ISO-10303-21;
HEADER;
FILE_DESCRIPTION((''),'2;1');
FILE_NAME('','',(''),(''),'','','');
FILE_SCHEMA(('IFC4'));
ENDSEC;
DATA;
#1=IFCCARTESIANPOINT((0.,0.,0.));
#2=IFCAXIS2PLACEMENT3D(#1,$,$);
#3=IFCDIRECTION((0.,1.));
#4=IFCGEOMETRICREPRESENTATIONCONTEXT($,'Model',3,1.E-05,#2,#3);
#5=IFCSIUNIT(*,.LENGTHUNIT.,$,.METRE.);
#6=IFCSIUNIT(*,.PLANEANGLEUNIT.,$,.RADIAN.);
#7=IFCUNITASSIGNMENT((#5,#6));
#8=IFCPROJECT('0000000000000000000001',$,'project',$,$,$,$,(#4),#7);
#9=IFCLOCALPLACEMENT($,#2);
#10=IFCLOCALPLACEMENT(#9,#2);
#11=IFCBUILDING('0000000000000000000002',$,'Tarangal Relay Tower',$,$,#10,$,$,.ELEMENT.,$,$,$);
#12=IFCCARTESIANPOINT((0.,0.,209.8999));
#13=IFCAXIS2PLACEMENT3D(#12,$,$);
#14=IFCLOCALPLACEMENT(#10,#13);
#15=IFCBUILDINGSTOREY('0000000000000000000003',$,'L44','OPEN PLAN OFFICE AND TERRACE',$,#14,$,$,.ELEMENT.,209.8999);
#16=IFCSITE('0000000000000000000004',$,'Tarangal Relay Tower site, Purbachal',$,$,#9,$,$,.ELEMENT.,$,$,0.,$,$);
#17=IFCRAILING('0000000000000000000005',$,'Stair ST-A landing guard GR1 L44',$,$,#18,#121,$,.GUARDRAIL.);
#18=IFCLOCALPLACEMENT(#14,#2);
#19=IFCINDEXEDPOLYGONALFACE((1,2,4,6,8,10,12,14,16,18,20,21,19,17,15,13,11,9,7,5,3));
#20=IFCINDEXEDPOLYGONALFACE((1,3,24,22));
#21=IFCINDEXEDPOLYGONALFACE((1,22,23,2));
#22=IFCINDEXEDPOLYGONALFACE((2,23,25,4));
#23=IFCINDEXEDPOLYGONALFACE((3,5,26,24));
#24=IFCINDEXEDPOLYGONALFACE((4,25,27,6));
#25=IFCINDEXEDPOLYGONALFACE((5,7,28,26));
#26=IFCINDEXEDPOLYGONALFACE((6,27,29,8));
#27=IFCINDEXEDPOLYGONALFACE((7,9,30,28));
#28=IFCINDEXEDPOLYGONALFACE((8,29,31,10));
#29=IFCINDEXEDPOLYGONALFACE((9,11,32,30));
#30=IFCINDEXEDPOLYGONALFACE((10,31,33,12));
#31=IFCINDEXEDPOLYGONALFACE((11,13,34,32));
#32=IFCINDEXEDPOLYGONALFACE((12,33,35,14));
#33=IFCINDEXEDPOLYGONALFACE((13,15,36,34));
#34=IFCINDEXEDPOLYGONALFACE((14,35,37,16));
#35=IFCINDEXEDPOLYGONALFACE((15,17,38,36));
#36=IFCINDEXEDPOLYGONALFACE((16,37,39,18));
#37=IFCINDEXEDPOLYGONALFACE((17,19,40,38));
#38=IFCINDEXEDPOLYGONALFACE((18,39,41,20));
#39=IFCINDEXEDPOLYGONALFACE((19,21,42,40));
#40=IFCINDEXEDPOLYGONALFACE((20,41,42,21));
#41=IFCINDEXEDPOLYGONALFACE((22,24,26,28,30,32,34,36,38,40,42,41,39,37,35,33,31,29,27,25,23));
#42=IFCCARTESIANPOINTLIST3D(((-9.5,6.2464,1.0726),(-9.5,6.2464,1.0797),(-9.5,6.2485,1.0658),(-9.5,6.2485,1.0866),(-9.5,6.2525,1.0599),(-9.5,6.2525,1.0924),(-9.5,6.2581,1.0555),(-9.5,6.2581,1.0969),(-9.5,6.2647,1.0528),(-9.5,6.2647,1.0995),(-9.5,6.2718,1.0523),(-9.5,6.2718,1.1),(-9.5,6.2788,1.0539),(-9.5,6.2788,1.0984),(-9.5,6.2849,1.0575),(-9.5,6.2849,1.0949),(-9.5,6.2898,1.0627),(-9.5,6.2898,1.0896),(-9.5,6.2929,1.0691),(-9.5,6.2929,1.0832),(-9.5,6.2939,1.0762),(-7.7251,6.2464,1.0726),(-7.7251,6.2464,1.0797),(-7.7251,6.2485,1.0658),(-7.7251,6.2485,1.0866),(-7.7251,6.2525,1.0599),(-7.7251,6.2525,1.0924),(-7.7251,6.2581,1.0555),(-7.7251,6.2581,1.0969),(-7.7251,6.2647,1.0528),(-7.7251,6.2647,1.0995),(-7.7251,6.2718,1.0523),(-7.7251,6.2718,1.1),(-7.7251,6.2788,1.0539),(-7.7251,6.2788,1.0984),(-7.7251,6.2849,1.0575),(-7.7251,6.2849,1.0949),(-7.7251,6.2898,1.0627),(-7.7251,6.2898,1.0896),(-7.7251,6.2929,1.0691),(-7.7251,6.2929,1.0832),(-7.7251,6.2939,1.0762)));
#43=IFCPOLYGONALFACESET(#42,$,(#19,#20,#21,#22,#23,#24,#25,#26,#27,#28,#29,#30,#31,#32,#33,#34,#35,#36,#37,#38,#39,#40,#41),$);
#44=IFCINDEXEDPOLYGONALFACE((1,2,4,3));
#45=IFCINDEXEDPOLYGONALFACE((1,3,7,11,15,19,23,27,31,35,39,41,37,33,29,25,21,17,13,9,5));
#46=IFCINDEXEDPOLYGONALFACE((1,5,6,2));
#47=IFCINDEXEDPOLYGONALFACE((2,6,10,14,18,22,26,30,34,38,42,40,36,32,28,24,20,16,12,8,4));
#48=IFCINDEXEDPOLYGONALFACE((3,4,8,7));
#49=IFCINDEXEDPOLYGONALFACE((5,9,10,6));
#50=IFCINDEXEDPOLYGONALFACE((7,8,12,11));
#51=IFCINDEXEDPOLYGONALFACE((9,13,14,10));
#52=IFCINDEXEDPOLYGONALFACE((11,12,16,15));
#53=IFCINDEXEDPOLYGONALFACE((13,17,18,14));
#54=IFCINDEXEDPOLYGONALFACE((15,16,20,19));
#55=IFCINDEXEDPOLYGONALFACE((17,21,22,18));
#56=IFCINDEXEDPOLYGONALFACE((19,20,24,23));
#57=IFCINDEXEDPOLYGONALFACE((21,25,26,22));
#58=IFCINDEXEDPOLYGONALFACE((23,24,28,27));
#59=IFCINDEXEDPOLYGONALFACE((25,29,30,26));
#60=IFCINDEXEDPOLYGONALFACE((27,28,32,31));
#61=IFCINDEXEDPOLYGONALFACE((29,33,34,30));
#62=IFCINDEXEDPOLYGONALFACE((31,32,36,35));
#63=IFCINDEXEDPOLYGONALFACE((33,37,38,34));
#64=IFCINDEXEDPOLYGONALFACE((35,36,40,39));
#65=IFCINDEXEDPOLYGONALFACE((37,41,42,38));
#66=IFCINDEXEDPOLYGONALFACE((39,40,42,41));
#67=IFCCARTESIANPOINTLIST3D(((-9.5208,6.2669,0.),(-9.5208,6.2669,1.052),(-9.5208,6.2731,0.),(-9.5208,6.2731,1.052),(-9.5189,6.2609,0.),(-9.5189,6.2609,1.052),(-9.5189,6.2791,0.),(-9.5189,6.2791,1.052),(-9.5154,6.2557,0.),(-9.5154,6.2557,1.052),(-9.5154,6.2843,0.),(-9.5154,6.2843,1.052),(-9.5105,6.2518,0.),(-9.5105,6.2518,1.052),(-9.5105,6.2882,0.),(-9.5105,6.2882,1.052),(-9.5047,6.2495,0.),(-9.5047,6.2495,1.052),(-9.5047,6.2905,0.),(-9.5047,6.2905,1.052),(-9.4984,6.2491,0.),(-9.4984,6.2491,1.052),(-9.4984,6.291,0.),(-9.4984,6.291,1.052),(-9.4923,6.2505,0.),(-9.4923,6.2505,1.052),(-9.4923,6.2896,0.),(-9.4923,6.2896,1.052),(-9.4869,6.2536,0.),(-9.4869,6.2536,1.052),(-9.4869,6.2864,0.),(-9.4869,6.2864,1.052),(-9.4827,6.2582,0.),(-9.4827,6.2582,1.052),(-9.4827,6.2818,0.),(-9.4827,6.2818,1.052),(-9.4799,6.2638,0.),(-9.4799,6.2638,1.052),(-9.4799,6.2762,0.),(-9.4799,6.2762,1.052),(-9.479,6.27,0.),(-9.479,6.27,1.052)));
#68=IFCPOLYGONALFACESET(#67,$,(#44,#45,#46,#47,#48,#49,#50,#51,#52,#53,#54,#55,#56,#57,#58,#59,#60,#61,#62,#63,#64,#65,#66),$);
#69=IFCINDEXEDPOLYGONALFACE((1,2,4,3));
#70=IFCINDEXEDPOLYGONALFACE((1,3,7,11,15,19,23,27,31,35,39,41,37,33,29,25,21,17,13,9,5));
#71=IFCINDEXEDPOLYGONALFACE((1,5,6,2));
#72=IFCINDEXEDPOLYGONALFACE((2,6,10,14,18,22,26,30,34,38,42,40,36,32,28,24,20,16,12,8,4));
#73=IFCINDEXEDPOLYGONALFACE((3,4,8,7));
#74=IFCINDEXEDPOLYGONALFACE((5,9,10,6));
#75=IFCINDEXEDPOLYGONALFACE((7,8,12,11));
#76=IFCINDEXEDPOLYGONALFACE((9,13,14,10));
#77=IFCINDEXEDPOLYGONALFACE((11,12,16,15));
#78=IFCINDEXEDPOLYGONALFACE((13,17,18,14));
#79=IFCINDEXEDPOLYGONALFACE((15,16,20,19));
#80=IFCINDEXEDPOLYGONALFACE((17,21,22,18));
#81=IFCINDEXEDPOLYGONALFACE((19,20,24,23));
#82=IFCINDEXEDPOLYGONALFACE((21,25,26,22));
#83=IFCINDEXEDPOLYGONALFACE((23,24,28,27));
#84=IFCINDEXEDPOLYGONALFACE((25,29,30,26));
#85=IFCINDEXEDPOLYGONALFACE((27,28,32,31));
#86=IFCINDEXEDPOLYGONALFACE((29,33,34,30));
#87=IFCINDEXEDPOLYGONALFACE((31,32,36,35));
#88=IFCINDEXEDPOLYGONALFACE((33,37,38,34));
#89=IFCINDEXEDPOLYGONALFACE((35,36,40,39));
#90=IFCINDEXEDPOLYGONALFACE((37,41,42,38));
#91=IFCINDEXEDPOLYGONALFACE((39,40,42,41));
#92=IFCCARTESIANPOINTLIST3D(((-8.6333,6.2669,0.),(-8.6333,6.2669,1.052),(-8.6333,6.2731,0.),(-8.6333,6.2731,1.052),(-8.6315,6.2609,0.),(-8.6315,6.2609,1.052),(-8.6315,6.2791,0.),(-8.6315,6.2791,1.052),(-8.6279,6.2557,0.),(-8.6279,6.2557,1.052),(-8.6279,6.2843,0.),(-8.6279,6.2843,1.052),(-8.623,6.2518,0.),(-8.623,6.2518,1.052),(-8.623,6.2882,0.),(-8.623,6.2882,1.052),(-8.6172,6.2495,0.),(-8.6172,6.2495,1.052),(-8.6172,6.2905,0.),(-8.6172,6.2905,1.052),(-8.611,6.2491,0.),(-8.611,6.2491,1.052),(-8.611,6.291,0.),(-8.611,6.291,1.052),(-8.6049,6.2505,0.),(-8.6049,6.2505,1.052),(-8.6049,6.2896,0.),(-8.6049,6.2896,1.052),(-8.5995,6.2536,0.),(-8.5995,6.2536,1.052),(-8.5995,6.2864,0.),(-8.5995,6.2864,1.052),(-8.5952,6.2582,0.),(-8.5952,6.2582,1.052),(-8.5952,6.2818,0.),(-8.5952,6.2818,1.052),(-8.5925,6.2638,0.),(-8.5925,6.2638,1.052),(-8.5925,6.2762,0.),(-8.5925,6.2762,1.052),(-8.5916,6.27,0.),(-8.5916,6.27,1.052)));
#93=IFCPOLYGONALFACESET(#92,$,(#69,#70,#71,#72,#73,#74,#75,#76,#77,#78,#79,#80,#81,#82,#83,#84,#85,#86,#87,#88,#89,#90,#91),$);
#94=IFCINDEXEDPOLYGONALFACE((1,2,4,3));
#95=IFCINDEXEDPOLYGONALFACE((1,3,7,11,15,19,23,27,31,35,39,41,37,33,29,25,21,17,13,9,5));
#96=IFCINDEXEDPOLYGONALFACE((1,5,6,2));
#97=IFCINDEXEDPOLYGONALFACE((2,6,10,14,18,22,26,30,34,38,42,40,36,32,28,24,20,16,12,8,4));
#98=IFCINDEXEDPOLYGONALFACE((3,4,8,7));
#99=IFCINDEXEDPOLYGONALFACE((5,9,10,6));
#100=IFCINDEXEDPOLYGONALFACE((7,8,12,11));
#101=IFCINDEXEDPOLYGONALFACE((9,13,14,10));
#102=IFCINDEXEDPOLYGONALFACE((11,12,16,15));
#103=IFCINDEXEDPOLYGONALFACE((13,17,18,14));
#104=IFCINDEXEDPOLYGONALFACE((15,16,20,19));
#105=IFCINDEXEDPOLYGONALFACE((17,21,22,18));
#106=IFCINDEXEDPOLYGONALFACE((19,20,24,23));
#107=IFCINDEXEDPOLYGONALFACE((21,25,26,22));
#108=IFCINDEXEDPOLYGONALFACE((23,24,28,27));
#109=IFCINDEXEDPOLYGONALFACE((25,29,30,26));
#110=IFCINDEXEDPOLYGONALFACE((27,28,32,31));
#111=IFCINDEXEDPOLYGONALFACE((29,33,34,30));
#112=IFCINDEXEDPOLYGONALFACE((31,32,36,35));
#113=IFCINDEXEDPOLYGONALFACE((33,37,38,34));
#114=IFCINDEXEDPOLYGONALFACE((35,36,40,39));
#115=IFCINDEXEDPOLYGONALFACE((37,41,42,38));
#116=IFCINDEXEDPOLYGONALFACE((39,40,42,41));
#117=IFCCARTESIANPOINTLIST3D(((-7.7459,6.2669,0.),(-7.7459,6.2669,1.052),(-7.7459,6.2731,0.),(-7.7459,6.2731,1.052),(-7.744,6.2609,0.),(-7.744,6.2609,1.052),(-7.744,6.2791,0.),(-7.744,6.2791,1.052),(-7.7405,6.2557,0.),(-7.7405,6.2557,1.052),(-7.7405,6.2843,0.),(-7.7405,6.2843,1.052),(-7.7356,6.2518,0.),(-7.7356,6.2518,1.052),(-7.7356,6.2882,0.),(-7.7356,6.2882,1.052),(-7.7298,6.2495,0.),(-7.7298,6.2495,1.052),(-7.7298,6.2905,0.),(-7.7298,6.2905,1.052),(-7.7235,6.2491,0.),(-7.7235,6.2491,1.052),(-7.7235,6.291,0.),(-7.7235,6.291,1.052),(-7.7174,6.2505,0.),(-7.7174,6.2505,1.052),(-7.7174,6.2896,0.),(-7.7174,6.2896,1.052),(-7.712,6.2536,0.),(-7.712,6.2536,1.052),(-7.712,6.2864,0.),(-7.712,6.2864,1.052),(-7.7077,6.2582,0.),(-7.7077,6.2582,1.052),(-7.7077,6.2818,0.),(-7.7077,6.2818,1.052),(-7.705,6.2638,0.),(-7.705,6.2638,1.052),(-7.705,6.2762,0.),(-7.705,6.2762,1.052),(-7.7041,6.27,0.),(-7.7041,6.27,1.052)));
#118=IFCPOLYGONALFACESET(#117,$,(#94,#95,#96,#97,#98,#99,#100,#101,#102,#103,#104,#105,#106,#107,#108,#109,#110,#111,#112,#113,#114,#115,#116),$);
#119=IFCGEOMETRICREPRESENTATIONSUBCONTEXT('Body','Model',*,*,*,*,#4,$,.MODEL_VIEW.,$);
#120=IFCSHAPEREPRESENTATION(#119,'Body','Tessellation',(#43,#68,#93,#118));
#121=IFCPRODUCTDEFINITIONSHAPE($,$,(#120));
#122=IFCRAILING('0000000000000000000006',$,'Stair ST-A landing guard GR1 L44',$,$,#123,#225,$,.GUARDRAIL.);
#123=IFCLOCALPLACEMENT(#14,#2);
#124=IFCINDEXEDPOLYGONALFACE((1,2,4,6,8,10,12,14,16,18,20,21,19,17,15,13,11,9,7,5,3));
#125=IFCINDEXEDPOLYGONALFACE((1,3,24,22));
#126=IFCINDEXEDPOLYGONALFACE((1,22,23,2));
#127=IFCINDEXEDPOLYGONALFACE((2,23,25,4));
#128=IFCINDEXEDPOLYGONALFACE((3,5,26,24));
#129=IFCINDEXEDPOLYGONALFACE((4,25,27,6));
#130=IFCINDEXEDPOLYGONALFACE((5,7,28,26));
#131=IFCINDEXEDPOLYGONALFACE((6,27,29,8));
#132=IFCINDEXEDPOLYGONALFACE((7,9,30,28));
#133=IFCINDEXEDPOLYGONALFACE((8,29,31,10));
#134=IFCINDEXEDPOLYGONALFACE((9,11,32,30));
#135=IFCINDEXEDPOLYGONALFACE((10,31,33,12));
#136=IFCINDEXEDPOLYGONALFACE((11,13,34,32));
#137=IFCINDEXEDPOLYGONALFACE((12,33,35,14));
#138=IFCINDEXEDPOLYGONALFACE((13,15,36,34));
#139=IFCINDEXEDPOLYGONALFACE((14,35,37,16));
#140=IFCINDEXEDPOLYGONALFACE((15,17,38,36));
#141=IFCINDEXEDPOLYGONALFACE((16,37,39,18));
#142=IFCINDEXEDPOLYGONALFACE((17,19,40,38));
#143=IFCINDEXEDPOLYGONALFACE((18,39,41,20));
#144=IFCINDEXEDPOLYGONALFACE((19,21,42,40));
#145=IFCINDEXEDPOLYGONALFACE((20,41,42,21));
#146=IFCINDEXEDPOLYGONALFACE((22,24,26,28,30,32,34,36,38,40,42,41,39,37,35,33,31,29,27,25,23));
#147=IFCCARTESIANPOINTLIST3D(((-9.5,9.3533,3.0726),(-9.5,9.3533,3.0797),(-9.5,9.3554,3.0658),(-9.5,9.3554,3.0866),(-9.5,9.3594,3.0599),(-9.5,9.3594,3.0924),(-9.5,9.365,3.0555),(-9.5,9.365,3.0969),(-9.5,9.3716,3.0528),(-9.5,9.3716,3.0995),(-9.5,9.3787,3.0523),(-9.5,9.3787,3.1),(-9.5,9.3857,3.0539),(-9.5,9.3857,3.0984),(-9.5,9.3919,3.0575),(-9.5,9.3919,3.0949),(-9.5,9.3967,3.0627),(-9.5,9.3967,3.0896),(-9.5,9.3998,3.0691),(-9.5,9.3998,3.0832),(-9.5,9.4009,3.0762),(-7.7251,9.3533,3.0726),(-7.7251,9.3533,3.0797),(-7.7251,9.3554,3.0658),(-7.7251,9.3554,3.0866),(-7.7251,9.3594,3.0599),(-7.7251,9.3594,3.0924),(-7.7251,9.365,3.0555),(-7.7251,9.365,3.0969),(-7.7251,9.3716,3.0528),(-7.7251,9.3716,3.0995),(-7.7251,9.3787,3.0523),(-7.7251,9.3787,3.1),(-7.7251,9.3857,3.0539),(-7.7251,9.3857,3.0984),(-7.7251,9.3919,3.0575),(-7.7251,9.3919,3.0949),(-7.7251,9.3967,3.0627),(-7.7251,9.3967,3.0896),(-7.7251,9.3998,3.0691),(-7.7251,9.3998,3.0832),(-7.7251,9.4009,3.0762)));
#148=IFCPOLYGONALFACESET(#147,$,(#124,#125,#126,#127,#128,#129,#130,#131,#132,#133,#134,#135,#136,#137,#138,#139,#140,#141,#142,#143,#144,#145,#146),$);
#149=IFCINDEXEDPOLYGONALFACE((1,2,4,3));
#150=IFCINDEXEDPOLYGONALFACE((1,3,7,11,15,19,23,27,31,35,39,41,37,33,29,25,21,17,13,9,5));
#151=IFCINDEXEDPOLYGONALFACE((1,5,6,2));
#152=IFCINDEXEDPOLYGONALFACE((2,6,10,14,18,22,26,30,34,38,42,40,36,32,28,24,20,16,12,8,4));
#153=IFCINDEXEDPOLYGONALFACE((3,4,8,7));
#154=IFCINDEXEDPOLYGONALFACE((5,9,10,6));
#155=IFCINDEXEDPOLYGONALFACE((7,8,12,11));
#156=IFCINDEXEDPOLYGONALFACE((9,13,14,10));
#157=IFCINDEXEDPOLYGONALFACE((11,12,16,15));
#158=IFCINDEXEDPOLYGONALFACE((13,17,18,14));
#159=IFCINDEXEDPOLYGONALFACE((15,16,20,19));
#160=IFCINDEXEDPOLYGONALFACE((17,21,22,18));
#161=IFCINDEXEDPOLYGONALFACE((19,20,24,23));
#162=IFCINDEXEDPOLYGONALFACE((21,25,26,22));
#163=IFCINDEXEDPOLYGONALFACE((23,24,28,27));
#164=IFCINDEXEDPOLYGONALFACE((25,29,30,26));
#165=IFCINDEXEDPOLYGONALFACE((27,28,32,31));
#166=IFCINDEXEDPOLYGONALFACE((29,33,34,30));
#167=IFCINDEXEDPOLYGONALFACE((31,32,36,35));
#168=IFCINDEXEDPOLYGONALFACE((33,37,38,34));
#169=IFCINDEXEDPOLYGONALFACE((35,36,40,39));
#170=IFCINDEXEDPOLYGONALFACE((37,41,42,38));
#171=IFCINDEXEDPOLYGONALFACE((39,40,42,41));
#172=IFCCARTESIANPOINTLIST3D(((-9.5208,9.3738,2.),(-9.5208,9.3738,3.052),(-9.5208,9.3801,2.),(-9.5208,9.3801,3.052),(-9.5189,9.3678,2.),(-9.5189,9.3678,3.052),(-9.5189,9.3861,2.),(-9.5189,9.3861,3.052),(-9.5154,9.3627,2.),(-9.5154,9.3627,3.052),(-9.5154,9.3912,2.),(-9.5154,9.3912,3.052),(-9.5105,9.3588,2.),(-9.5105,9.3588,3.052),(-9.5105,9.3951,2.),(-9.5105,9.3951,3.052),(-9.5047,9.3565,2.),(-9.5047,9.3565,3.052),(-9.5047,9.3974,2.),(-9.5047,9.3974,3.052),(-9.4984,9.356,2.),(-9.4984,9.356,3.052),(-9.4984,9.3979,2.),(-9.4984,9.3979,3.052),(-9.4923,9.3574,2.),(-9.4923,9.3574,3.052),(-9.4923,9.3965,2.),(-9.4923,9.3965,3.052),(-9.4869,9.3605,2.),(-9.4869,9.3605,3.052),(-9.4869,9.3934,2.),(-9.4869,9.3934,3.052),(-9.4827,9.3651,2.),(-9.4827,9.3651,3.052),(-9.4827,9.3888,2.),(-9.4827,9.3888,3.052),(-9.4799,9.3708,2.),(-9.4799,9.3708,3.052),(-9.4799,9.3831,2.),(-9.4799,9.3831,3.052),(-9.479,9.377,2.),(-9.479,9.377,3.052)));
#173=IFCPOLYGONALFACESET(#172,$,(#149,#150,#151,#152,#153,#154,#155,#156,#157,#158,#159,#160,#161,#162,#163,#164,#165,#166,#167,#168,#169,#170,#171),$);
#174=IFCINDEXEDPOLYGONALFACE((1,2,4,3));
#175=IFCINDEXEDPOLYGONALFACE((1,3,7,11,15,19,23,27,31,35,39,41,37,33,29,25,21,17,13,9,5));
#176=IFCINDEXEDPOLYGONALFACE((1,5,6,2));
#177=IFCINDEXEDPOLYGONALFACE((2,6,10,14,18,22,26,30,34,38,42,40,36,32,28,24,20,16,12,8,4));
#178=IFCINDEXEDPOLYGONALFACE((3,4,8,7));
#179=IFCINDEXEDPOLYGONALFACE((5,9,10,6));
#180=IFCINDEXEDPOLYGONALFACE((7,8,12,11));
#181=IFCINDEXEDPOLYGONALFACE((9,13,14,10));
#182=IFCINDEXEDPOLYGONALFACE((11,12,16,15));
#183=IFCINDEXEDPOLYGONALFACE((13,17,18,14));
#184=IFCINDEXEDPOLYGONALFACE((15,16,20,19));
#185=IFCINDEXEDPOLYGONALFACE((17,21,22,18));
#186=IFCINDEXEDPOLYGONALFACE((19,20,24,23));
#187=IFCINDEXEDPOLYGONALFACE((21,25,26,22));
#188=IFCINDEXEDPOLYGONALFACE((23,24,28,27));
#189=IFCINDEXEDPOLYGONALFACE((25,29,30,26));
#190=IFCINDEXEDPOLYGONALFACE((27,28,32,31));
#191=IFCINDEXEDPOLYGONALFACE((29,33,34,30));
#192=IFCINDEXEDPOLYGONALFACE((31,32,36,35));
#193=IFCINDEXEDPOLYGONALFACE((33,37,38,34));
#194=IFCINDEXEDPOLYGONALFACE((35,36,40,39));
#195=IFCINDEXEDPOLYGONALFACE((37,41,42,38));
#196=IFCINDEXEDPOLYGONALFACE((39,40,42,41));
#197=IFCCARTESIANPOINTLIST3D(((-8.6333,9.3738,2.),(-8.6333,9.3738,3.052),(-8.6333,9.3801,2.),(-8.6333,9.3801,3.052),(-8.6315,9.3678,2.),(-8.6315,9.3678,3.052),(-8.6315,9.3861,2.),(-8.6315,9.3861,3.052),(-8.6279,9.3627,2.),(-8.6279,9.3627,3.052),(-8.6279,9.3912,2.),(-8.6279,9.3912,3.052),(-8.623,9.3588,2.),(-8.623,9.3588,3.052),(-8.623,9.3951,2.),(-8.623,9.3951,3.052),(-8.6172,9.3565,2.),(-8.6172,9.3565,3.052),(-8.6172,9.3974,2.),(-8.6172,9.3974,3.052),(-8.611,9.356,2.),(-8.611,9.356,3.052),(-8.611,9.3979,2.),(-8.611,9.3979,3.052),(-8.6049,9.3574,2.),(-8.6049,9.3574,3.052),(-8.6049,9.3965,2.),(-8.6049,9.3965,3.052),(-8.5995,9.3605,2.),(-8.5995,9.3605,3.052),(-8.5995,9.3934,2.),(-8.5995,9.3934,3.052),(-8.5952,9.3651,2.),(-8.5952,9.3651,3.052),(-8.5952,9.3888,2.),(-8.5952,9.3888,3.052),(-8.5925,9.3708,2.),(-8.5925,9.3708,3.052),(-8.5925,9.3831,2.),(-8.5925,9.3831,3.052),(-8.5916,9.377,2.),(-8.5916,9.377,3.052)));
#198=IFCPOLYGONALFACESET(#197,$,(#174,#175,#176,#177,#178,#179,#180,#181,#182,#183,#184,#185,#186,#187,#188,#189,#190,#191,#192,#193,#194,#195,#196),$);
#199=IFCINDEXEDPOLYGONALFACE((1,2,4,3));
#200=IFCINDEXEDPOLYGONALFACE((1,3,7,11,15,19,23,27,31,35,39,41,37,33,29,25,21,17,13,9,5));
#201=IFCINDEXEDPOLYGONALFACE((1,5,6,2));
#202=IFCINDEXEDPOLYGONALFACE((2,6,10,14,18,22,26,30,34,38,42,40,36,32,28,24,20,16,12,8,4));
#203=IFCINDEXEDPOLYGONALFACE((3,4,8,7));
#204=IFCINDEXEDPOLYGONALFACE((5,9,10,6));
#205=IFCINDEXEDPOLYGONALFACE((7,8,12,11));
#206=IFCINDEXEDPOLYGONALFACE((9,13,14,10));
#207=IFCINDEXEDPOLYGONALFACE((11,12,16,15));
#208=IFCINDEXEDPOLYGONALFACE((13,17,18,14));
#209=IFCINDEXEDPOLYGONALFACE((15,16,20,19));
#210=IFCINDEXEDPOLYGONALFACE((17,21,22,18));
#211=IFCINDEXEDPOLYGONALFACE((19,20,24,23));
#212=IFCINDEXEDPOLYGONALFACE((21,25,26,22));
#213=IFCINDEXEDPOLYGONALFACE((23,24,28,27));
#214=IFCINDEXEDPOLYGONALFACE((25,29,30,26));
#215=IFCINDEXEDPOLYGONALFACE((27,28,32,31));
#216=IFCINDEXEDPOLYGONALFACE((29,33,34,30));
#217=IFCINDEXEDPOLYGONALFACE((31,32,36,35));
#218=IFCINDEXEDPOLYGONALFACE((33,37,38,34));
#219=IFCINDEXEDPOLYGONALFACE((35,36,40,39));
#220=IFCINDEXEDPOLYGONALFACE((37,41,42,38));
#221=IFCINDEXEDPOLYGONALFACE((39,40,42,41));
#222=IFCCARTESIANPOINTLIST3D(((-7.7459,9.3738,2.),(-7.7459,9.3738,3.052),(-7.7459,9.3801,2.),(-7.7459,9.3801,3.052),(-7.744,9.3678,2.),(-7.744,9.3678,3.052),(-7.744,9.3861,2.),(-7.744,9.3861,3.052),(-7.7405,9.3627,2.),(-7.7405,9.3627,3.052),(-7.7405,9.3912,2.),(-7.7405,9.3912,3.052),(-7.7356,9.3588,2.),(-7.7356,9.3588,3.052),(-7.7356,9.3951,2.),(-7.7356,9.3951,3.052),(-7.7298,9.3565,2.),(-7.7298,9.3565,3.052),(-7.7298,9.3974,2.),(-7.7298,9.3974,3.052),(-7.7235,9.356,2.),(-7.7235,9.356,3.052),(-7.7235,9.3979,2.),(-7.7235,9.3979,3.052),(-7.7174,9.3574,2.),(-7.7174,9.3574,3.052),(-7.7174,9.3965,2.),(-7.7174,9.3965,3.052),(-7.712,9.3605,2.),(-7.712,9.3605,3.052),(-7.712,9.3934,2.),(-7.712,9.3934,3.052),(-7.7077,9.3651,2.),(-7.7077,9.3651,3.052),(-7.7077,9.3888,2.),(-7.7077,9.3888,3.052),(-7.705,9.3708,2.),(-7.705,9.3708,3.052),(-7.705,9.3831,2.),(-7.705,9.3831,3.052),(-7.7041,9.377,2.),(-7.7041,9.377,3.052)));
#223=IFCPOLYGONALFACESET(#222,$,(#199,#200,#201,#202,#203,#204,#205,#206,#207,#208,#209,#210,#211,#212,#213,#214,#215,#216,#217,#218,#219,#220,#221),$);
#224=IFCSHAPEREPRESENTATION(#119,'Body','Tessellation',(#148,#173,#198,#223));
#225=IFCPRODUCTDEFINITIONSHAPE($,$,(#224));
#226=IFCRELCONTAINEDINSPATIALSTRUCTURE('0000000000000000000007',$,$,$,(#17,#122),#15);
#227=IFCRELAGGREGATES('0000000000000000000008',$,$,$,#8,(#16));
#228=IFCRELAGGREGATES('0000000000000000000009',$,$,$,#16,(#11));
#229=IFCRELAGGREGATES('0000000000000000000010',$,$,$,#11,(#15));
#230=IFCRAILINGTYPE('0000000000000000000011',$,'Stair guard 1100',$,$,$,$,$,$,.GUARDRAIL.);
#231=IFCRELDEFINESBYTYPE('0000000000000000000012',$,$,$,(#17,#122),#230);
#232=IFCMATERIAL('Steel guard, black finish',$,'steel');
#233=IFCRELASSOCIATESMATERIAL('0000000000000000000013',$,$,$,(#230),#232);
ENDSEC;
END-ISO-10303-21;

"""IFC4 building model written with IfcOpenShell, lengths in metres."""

from ifc_helpers import new_model, si_unit, direction, frame, origin, origin_2d, place, context, subcontext, project, spatial, circle, extrude, material, type_object, element, save


model = new_model("IFC4")

# Units and contexts
model_context = context("Model", 3, precision=1e-05, world=origin(), true_north=direction((0.0, 1.0)))
body_context = subcontext(model_context, "Body", "Model", "MODEL_VIEW")
ifc_project = project(units=[si_unit("LENGTHUNIT", "METRE"), si_unit("PLANEANGLEUNIT", "RADIAN")], contexts=[model_context])

# Site, building, storey
site_placement = place(None, origin())
site = spatial("IfcSite", under=ifc_project, at=site_placement, Name="Tarangal Relay Tower site, Purbachal", CompositionType="ELEMENT", RefElevation=0.0)
building_placement = place(site_placement, origin())
building = spatial("IfcBuilding", under=site, at=building_placement, Name="Tarangal Relay Tower", CompositionType="ELEMENT")
storey_placement = place(building_placement, frame((0.0, 0.0, 209.8999)))
storey = spatial("IfcBuildingStorey", under=building, at=storey_placement, Name="L44", Description="OPEN PLAN OFFICE AND TERRACE", CompositionType="ELEMENT", Elevation=209.8999)

# Railings
ifc_material_1 = material(Name="Steel guard, black finish", Category="steel")
railing_type_1 = type_object("IfcRailingType", Name="Stair guard 1100", PredefinedType="GUARDRAIL", material=ifc_material_1)
for number, where, name in (
    (1, (-9.5, 6.27, 0.0), "Stair ST-A landing guard GR1 L44"),
    (2, (-9.5, 9.377, 2.0), "Stair ST-A landing guard GR1 L44"),
):
    element("IfcRailing", number, at=place(storey_placement, frame(where)), inside=storey, type_object=railing_type_1, Name=name, PredefinedType="GUARDRAIL", context=body_context, shape_type="SweptSolid", body=[
        extrude(circle(Radius=0.0239, at=origin_2d()), frame((0.0, 0.0, 1.0762), z_axis=(1.0, 0.0, 0.0), x_axis=(0.0, 1.0, 0.0)), (0.0, 0.0, 1.0), 1.7749),
        extrude(circle(Radius=0.021, at=origin_2d()), origin(), (0.0, 0.0, 1.0), 1.052),
        extrude(circle(Radius=0.021, at=origin_2d()), frame((0.8875, 0.0, 0.0)), (0.0, 0.0, 1.0), 1.052),
        extrude(circle(Radius=0.021, at=origin_2d()), frame((1.7749, 0.0, 0.0)), (0.0, 0.0, 1.0), 1.052),
    ])

save(model, "model.ifc")
